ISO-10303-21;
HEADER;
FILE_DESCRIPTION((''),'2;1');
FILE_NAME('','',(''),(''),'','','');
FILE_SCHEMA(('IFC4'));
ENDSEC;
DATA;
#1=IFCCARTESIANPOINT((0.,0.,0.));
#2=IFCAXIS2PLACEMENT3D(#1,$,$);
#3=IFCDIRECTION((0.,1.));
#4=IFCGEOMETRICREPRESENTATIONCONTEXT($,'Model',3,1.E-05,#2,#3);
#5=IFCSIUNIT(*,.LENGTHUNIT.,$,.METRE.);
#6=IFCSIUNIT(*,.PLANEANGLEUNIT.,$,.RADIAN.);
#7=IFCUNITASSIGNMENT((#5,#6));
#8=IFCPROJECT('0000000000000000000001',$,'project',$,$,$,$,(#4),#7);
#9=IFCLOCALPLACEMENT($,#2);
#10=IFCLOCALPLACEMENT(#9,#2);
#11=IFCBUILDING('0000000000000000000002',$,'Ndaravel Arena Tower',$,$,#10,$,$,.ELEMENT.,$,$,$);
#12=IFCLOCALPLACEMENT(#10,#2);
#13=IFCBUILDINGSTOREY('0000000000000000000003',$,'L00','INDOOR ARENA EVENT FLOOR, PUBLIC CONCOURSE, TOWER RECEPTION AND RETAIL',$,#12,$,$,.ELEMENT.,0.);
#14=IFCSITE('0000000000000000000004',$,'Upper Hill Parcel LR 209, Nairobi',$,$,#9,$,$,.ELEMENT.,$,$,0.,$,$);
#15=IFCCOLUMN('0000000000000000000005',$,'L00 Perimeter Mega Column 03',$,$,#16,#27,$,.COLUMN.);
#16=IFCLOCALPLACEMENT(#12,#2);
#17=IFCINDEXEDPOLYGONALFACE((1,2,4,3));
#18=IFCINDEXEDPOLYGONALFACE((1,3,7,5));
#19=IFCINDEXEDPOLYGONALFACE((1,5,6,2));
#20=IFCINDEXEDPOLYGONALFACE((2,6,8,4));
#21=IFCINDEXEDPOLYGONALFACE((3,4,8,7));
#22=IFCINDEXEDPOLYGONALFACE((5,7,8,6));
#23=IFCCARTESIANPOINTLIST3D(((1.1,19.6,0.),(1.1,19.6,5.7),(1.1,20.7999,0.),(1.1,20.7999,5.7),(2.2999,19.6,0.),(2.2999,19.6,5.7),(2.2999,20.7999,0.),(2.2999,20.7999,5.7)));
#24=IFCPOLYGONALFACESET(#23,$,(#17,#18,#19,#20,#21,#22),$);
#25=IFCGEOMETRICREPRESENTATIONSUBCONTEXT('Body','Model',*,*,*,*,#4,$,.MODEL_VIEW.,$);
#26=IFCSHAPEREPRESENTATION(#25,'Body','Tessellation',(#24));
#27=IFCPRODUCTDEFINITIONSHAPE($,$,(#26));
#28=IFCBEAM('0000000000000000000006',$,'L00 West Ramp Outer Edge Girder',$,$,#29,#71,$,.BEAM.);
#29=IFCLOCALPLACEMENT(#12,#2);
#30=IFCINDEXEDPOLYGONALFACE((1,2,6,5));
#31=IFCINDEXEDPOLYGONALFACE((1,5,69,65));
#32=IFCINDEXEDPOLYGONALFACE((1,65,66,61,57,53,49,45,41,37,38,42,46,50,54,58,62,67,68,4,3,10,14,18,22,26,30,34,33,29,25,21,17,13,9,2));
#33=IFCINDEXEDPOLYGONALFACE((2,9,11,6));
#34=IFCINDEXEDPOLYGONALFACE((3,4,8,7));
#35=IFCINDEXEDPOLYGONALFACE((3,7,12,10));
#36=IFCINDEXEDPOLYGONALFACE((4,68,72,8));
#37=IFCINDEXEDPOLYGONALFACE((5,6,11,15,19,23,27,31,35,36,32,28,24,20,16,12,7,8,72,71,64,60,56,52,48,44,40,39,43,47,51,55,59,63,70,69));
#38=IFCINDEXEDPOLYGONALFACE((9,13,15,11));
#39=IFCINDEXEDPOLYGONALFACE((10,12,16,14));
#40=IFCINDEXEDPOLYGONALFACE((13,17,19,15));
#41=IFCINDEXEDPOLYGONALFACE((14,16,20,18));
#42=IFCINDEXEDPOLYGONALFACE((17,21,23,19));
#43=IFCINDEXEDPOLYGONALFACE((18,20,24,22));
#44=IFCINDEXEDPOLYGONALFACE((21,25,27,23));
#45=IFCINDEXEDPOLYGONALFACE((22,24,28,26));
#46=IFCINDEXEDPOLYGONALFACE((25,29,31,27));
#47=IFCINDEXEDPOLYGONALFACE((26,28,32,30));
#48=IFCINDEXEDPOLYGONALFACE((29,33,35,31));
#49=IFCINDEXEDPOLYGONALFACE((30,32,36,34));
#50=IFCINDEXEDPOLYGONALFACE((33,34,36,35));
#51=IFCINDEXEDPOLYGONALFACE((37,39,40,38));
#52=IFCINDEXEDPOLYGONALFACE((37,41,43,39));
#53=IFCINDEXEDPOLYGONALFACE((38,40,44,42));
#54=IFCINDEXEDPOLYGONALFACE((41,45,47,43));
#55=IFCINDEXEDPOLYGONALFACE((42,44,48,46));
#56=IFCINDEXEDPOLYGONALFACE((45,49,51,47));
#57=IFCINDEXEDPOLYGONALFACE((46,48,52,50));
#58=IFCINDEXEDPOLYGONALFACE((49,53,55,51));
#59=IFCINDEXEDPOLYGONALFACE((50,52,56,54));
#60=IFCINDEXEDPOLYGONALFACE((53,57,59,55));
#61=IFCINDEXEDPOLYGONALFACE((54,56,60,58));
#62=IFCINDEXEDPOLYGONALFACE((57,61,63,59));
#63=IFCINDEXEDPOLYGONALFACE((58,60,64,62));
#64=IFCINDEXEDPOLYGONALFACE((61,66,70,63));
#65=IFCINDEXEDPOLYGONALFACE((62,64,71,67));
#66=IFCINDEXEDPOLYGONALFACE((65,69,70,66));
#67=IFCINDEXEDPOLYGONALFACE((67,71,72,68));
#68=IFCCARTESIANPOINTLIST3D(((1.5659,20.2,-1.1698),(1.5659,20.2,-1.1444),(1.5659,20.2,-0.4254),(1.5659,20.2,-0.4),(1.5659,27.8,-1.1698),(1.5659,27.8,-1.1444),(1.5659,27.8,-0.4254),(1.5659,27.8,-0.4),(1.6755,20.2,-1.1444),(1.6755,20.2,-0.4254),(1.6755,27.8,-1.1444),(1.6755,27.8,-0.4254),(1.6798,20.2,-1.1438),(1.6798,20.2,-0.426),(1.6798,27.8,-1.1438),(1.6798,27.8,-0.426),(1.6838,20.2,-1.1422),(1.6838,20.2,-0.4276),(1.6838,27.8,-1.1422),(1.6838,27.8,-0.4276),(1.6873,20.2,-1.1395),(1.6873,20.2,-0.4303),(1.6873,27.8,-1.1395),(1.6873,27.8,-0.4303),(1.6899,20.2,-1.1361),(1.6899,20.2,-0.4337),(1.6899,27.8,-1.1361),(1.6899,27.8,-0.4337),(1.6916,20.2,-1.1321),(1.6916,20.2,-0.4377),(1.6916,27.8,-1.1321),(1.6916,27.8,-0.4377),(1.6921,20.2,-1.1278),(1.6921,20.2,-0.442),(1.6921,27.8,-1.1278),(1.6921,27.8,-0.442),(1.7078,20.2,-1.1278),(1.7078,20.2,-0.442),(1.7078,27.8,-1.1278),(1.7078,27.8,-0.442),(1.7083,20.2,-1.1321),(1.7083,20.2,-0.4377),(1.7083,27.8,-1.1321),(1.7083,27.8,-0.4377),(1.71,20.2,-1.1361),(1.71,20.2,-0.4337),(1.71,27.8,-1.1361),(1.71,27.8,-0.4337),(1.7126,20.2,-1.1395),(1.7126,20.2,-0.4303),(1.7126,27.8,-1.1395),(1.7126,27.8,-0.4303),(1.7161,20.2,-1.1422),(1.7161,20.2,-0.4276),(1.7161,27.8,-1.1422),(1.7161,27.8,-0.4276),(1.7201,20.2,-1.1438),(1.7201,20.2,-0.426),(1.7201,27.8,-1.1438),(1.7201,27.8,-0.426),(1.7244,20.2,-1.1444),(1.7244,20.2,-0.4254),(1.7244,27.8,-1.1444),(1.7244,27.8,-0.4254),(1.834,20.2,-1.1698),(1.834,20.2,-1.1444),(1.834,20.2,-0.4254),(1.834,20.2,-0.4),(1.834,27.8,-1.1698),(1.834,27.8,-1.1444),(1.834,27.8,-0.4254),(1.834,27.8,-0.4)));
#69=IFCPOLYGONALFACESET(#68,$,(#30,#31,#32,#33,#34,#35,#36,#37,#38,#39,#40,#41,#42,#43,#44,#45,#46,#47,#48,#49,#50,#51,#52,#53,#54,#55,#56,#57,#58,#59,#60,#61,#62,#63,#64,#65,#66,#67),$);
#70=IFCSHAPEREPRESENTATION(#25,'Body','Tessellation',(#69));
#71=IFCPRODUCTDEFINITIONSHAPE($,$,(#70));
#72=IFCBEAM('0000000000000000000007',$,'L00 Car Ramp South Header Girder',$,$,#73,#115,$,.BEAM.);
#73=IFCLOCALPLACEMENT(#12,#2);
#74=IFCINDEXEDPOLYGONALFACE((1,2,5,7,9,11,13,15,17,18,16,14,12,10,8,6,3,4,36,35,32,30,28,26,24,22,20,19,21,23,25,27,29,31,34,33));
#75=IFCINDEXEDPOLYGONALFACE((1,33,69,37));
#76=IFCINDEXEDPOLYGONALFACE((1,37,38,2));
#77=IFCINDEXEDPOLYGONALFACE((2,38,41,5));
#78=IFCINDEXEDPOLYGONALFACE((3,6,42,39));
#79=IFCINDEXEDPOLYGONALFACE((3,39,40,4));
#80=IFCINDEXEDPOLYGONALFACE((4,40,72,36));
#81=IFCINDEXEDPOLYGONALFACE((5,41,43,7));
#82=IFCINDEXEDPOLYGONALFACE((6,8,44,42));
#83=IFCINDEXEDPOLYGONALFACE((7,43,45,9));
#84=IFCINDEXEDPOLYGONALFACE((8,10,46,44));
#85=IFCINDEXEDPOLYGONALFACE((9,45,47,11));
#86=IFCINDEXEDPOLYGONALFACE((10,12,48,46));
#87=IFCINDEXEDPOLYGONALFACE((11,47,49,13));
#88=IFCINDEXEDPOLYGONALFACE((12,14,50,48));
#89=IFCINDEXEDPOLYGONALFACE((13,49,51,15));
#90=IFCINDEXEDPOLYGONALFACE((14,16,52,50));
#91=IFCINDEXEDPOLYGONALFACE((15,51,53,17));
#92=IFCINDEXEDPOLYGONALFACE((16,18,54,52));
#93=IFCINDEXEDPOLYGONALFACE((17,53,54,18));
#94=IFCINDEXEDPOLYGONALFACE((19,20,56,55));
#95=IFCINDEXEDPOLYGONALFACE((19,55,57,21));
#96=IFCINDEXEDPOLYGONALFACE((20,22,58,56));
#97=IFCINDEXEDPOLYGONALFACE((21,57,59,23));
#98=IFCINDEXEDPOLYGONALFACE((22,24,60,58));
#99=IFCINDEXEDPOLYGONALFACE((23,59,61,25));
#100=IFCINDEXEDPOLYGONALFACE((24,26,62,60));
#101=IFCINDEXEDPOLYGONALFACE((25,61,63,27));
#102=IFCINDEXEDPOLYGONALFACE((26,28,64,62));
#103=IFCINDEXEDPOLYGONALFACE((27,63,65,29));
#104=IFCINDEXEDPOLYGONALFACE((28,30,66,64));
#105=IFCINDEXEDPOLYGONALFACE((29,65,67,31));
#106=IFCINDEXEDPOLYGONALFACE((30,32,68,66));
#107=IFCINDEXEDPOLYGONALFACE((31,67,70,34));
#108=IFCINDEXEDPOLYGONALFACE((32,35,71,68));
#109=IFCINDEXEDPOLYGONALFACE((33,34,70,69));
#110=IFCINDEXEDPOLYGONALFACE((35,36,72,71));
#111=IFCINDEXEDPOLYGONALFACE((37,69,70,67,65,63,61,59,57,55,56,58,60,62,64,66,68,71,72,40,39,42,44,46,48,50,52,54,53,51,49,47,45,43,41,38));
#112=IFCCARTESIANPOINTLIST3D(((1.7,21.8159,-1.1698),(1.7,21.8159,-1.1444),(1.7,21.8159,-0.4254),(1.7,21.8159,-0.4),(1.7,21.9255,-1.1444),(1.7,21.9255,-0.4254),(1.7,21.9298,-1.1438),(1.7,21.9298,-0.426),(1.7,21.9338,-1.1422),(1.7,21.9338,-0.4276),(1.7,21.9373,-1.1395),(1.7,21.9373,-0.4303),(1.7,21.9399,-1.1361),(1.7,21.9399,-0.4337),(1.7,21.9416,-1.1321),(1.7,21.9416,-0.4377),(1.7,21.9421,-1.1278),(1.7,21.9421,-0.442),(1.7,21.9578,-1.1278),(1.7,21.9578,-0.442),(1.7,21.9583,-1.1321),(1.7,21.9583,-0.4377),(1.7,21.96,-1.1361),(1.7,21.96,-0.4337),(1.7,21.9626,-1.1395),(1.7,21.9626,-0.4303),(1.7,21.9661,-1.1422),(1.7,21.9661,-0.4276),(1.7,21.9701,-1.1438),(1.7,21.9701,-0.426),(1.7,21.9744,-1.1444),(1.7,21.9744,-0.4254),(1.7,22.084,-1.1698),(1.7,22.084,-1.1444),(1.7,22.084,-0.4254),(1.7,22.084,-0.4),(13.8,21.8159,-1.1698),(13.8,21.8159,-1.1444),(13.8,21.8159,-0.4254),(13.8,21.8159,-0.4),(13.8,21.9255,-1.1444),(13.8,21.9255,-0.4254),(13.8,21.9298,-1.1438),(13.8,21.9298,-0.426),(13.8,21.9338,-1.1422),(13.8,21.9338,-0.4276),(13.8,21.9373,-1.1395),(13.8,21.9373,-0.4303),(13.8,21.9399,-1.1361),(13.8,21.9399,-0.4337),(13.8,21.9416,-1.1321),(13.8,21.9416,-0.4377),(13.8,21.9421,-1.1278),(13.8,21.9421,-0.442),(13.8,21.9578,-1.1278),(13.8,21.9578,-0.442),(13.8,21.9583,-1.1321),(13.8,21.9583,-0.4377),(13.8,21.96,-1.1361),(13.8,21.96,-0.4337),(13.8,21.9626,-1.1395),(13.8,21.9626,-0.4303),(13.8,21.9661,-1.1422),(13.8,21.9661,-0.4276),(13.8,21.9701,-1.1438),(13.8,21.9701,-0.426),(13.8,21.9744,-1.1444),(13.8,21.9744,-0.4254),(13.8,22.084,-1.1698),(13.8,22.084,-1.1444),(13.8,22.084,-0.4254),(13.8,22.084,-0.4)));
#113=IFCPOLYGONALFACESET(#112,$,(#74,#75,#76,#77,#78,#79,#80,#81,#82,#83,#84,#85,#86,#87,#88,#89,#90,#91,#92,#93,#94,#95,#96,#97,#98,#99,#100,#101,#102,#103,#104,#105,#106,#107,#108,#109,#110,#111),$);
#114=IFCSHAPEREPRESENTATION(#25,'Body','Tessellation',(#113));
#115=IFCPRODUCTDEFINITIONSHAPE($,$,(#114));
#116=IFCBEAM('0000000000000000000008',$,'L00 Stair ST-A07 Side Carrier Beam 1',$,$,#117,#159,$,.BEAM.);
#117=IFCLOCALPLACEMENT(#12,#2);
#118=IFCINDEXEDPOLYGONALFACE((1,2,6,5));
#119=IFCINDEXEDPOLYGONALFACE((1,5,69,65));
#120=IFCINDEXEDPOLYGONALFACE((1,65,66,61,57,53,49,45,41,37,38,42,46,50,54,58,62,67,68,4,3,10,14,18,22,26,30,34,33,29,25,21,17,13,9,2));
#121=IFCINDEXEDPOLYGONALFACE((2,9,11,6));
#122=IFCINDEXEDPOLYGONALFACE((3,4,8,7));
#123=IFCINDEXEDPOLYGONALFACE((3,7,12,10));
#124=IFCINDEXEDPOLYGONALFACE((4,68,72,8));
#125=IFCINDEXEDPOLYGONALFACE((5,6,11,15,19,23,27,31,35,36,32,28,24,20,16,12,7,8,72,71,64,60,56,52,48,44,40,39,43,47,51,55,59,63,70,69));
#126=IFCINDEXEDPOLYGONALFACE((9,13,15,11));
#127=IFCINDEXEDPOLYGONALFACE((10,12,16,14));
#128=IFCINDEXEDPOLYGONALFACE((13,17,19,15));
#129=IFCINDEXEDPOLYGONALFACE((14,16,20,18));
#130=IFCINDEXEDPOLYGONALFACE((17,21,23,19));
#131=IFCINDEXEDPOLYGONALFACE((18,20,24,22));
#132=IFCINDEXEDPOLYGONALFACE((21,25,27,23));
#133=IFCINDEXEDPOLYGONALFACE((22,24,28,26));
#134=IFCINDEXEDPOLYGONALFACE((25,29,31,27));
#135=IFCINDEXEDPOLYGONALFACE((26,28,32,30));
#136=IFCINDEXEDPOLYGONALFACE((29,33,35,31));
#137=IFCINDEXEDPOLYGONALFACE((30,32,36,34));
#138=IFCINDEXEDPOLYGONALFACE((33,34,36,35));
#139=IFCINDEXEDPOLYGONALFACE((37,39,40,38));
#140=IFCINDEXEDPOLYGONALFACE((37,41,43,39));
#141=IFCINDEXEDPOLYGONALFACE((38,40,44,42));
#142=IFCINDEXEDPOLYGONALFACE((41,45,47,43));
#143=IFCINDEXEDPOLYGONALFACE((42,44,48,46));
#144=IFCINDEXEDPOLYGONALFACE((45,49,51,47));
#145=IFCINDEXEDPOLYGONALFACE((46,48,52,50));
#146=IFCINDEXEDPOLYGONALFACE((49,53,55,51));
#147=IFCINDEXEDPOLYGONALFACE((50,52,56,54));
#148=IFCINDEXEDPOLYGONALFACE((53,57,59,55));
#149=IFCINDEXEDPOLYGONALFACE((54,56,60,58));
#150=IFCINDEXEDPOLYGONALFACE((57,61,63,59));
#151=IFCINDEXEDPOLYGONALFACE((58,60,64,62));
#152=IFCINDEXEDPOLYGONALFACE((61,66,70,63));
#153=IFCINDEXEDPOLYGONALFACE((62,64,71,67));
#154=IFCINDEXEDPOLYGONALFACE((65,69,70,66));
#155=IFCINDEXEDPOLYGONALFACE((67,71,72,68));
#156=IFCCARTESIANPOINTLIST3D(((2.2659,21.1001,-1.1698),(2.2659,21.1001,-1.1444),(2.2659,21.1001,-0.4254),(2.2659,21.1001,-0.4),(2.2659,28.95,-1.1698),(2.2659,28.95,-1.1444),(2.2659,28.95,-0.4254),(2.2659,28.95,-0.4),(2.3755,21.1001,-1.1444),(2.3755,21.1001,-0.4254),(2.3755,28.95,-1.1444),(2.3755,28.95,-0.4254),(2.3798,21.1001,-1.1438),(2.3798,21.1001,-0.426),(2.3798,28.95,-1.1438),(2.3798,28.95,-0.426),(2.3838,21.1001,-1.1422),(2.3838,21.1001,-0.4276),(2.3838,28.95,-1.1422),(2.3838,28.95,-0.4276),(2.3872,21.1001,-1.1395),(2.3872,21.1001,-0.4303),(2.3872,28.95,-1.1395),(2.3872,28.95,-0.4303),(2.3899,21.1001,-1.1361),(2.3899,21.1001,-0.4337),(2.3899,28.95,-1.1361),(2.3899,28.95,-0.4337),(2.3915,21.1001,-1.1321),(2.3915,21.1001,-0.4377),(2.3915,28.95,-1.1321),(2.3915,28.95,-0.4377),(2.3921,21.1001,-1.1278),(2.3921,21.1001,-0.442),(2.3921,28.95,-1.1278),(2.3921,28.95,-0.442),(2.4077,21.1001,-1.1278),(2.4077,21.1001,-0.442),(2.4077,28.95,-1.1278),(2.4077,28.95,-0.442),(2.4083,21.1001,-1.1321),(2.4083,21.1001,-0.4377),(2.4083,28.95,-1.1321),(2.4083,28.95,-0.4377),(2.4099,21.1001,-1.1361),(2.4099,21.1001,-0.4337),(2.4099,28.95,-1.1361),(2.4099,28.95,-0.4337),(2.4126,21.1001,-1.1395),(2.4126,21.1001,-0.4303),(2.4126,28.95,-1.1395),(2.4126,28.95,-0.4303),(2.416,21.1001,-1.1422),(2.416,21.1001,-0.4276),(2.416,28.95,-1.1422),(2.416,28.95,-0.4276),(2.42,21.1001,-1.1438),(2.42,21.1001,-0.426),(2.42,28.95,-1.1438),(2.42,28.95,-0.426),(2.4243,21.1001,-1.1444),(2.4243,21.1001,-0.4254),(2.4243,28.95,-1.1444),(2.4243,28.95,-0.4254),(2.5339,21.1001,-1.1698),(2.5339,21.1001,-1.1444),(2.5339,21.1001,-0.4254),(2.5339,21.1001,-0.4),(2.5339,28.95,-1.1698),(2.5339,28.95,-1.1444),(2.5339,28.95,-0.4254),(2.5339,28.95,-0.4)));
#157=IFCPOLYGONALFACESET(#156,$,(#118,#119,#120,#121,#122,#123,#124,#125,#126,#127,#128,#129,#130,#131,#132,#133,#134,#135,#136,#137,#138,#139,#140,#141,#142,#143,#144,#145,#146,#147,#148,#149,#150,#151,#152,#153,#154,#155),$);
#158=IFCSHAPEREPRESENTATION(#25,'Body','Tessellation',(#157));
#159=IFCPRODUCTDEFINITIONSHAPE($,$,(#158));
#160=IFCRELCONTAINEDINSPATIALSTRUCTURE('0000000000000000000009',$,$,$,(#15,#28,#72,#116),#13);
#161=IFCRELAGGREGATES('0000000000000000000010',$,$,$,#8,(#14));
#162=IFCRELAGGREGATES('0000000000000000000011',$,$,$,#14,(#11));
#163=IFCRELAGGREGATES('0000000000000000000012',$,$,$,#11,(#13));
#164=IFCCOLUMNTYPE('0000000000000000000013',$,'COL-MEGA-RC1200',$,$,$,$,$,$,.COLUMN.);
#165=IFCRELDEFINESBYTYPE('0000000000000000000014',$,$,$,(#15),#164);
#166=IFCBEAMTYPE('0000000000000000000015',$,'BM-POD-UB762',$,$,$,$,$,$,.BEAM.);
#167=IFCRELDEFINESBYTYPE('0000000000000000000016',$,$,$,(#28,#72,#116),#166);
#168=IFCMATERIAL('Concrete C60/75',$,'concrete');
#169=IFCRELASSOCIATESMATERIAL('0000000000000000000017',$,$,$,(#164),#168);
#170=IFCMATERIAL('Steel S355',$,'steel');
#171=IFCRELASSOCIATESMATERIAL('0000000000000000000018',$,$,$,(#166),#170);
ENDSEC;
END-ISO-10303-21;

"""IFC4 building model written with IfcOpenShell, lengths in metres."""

from ifc_helpers import new_model, si_unit, direction, frame, origin, origin_2d, place, context, subcontext, project, spatial, rectangle, i_section, extrude, material, material_profile, profile_set, type_object, element, save


model = new_model("IFC4")

# Units and contexts
model_context = context("Model", 3, precision=1e-05, world=origin(), true_north=direction((0.0, 1.0)))
body_context = subcontext(model_context, "Body", "Model", "MODEL_VIEW")
ifc_project = project(units=[si_unit("LENGTHUNIT", "METRE"), si_unit("PLANEANGLEUNIT", "RADIAN")], contexts=[model_context])

# Site, building, storey
site_placement = place(None, origin())
site = spatial("IfcSite", under=ifc_project, at=site_placement, Name="Upper Hill Parcel LR 209, Nairobi", CompositionType="ELEMENT", RefElevation=0.0)
building_placement = place(site_placement, origin())
building = spatial("IfcBuilding", under=site, at=building_placement, Name="Ndaravel Arena Tower", CompositionType="ELEMENT")
storey_placement = place(building_placement, origin())
storey = spatial("IfcBuildingStorey", under=building, at=storey_placement, Name="L00", Description="INDOOR ARENA EVENT FLOOR, PUBLIC CONCOURSE, TOWER RECEPTION AND RETAIL", CompositionType="ELEMENT", Elevation=0.0)

# Column
ifc_material_1 = material(Name="Concrete C60/75", Category="concrete")
ifc_material_profile_1 = material_profile(ifc_material_1, rectangle(XDim=1.2, YDim=1.2, at=origin_2d()), Name="RC 1200x1200")
ifc_profile_set_1 = profile_set([ifc_material_profile_1], Name="Concrete C60/75")
column_type = type_object("IfcColumnType", Name="COL-MEGA-RC1200", PredefinedType="COLUMN", material=ifc_profile_set_1)
column_placement = place(storey_placement, frame((1.7, 20.2, 0.0), z_axis=(0.0, 0.0, 1.0), x_axis=(1.0, 0.0, 0.0)))
element("IfcColumn", 1, at=column_placement, inside=storey, type_object=column_type, Name="L00 Perimeter Mega Column 03", PredefinedType="COLUMN", context=body_context, shape_type="SweptSolid", body=[
    extrude(rectangle(XDim=1.2, YDim=1.2, at=origin_2d()), origin(), (0.0, 0.0, 1.0), 5.7),
])

# Beams
ifc_material_2 = material(Name="Steel S355", Category="steel")
ifc_material_profile_2 = material_profile(ifc_material_2, i_section(OverallWidth=0.2681, OverallDepth=0.7698, WebThickness=0.0156, FlangeThickness=0.0254, FilletRadius=0.0166, at=origin_2d()), Name="UB 762x267x197")
ifc_profile_set_2 = profile_set([ifc_material_profile_2], Name="Steel S355")
beam_type_1 = type_object("IfcBeamType", Name="BM-POD-UB762", PredefinedType="BEAM", material=ifc_profile_set_2)
beam_1_placement = place(storey_placement, frame((1.7, 20.2, -0.7849), z_axis=(0.0, 1.0, 0.0), x_axis=(-1.0, 0.0, 0.0)))
element("IfcBeam", 2, at=beam_1_placement, inside=storey, type_object=beam_type_1, Name="L00 West Ramp Outer Edge Girder", PredefinedType="BEAM", context=body_context, shape_type="SweptSolid", body=[
    extrude(i_section(OverallWidth=0.2681, OverallDepth=0.7698, WebThickness=0.0156, FlangeThickness=0.0254, FilletRadius=0.0166, at=origin_2d()), origin(), (0.0, 0.0, 1.0), 7.6001),
])
beam_2_placement = place(storey_placement, frame((1.7, 21.95, -0.7849), z_axis=(1.0, 0.0, 0.0), x_axis=(0.0, 1.0, 0.0)))
element("IfcBeam", 3, at=beam_2_placement, inside=storey, type_object=beam_type_1, Name="L00 Car Ramp South Header Girder", PredefinedType="BEAM", context=body_context, shape_type="SweptSolid", body=[
    extrude(i_section(OverallWidth=0.2681, OverallDepth=0.7698, WebThickness=0.0156, FlangeThickness=0.0254, FilletRadius=0.0166, at=origin_2d()), origin(), (0.0, 0.0, 1.0), 12.1001),
])
for number, where, z_axis, x_axis, name in (
    (4, (2.3999, 21.1001, -0.7849), (0.0, 1.0, 0.0), (-1.0, 0.0, 0.0), "L00 Stair ST-A07 Side Carrier Beam 1"),
):
    element("IfcBeam", number, at=place(storey_placement, frame(where, z_axis=z_axis, x_axis=x_axis)), inside=storey, type_object=beam_type_1, Name=name, PredefinedType="BEAM", context=body_context, shape_type="SweptSolid", body=[
        extrude(i_section(OverallWidth=0.2681, OverallDepth=0.7698, WebThickness=0.0156, FlangeThickness=0.0254, FilletRadius=0.0166, at=origin_2d()), origin(), (0.0, 0.0, 1.0), 7.8499),
    ])

save(model, "model.ifc")
